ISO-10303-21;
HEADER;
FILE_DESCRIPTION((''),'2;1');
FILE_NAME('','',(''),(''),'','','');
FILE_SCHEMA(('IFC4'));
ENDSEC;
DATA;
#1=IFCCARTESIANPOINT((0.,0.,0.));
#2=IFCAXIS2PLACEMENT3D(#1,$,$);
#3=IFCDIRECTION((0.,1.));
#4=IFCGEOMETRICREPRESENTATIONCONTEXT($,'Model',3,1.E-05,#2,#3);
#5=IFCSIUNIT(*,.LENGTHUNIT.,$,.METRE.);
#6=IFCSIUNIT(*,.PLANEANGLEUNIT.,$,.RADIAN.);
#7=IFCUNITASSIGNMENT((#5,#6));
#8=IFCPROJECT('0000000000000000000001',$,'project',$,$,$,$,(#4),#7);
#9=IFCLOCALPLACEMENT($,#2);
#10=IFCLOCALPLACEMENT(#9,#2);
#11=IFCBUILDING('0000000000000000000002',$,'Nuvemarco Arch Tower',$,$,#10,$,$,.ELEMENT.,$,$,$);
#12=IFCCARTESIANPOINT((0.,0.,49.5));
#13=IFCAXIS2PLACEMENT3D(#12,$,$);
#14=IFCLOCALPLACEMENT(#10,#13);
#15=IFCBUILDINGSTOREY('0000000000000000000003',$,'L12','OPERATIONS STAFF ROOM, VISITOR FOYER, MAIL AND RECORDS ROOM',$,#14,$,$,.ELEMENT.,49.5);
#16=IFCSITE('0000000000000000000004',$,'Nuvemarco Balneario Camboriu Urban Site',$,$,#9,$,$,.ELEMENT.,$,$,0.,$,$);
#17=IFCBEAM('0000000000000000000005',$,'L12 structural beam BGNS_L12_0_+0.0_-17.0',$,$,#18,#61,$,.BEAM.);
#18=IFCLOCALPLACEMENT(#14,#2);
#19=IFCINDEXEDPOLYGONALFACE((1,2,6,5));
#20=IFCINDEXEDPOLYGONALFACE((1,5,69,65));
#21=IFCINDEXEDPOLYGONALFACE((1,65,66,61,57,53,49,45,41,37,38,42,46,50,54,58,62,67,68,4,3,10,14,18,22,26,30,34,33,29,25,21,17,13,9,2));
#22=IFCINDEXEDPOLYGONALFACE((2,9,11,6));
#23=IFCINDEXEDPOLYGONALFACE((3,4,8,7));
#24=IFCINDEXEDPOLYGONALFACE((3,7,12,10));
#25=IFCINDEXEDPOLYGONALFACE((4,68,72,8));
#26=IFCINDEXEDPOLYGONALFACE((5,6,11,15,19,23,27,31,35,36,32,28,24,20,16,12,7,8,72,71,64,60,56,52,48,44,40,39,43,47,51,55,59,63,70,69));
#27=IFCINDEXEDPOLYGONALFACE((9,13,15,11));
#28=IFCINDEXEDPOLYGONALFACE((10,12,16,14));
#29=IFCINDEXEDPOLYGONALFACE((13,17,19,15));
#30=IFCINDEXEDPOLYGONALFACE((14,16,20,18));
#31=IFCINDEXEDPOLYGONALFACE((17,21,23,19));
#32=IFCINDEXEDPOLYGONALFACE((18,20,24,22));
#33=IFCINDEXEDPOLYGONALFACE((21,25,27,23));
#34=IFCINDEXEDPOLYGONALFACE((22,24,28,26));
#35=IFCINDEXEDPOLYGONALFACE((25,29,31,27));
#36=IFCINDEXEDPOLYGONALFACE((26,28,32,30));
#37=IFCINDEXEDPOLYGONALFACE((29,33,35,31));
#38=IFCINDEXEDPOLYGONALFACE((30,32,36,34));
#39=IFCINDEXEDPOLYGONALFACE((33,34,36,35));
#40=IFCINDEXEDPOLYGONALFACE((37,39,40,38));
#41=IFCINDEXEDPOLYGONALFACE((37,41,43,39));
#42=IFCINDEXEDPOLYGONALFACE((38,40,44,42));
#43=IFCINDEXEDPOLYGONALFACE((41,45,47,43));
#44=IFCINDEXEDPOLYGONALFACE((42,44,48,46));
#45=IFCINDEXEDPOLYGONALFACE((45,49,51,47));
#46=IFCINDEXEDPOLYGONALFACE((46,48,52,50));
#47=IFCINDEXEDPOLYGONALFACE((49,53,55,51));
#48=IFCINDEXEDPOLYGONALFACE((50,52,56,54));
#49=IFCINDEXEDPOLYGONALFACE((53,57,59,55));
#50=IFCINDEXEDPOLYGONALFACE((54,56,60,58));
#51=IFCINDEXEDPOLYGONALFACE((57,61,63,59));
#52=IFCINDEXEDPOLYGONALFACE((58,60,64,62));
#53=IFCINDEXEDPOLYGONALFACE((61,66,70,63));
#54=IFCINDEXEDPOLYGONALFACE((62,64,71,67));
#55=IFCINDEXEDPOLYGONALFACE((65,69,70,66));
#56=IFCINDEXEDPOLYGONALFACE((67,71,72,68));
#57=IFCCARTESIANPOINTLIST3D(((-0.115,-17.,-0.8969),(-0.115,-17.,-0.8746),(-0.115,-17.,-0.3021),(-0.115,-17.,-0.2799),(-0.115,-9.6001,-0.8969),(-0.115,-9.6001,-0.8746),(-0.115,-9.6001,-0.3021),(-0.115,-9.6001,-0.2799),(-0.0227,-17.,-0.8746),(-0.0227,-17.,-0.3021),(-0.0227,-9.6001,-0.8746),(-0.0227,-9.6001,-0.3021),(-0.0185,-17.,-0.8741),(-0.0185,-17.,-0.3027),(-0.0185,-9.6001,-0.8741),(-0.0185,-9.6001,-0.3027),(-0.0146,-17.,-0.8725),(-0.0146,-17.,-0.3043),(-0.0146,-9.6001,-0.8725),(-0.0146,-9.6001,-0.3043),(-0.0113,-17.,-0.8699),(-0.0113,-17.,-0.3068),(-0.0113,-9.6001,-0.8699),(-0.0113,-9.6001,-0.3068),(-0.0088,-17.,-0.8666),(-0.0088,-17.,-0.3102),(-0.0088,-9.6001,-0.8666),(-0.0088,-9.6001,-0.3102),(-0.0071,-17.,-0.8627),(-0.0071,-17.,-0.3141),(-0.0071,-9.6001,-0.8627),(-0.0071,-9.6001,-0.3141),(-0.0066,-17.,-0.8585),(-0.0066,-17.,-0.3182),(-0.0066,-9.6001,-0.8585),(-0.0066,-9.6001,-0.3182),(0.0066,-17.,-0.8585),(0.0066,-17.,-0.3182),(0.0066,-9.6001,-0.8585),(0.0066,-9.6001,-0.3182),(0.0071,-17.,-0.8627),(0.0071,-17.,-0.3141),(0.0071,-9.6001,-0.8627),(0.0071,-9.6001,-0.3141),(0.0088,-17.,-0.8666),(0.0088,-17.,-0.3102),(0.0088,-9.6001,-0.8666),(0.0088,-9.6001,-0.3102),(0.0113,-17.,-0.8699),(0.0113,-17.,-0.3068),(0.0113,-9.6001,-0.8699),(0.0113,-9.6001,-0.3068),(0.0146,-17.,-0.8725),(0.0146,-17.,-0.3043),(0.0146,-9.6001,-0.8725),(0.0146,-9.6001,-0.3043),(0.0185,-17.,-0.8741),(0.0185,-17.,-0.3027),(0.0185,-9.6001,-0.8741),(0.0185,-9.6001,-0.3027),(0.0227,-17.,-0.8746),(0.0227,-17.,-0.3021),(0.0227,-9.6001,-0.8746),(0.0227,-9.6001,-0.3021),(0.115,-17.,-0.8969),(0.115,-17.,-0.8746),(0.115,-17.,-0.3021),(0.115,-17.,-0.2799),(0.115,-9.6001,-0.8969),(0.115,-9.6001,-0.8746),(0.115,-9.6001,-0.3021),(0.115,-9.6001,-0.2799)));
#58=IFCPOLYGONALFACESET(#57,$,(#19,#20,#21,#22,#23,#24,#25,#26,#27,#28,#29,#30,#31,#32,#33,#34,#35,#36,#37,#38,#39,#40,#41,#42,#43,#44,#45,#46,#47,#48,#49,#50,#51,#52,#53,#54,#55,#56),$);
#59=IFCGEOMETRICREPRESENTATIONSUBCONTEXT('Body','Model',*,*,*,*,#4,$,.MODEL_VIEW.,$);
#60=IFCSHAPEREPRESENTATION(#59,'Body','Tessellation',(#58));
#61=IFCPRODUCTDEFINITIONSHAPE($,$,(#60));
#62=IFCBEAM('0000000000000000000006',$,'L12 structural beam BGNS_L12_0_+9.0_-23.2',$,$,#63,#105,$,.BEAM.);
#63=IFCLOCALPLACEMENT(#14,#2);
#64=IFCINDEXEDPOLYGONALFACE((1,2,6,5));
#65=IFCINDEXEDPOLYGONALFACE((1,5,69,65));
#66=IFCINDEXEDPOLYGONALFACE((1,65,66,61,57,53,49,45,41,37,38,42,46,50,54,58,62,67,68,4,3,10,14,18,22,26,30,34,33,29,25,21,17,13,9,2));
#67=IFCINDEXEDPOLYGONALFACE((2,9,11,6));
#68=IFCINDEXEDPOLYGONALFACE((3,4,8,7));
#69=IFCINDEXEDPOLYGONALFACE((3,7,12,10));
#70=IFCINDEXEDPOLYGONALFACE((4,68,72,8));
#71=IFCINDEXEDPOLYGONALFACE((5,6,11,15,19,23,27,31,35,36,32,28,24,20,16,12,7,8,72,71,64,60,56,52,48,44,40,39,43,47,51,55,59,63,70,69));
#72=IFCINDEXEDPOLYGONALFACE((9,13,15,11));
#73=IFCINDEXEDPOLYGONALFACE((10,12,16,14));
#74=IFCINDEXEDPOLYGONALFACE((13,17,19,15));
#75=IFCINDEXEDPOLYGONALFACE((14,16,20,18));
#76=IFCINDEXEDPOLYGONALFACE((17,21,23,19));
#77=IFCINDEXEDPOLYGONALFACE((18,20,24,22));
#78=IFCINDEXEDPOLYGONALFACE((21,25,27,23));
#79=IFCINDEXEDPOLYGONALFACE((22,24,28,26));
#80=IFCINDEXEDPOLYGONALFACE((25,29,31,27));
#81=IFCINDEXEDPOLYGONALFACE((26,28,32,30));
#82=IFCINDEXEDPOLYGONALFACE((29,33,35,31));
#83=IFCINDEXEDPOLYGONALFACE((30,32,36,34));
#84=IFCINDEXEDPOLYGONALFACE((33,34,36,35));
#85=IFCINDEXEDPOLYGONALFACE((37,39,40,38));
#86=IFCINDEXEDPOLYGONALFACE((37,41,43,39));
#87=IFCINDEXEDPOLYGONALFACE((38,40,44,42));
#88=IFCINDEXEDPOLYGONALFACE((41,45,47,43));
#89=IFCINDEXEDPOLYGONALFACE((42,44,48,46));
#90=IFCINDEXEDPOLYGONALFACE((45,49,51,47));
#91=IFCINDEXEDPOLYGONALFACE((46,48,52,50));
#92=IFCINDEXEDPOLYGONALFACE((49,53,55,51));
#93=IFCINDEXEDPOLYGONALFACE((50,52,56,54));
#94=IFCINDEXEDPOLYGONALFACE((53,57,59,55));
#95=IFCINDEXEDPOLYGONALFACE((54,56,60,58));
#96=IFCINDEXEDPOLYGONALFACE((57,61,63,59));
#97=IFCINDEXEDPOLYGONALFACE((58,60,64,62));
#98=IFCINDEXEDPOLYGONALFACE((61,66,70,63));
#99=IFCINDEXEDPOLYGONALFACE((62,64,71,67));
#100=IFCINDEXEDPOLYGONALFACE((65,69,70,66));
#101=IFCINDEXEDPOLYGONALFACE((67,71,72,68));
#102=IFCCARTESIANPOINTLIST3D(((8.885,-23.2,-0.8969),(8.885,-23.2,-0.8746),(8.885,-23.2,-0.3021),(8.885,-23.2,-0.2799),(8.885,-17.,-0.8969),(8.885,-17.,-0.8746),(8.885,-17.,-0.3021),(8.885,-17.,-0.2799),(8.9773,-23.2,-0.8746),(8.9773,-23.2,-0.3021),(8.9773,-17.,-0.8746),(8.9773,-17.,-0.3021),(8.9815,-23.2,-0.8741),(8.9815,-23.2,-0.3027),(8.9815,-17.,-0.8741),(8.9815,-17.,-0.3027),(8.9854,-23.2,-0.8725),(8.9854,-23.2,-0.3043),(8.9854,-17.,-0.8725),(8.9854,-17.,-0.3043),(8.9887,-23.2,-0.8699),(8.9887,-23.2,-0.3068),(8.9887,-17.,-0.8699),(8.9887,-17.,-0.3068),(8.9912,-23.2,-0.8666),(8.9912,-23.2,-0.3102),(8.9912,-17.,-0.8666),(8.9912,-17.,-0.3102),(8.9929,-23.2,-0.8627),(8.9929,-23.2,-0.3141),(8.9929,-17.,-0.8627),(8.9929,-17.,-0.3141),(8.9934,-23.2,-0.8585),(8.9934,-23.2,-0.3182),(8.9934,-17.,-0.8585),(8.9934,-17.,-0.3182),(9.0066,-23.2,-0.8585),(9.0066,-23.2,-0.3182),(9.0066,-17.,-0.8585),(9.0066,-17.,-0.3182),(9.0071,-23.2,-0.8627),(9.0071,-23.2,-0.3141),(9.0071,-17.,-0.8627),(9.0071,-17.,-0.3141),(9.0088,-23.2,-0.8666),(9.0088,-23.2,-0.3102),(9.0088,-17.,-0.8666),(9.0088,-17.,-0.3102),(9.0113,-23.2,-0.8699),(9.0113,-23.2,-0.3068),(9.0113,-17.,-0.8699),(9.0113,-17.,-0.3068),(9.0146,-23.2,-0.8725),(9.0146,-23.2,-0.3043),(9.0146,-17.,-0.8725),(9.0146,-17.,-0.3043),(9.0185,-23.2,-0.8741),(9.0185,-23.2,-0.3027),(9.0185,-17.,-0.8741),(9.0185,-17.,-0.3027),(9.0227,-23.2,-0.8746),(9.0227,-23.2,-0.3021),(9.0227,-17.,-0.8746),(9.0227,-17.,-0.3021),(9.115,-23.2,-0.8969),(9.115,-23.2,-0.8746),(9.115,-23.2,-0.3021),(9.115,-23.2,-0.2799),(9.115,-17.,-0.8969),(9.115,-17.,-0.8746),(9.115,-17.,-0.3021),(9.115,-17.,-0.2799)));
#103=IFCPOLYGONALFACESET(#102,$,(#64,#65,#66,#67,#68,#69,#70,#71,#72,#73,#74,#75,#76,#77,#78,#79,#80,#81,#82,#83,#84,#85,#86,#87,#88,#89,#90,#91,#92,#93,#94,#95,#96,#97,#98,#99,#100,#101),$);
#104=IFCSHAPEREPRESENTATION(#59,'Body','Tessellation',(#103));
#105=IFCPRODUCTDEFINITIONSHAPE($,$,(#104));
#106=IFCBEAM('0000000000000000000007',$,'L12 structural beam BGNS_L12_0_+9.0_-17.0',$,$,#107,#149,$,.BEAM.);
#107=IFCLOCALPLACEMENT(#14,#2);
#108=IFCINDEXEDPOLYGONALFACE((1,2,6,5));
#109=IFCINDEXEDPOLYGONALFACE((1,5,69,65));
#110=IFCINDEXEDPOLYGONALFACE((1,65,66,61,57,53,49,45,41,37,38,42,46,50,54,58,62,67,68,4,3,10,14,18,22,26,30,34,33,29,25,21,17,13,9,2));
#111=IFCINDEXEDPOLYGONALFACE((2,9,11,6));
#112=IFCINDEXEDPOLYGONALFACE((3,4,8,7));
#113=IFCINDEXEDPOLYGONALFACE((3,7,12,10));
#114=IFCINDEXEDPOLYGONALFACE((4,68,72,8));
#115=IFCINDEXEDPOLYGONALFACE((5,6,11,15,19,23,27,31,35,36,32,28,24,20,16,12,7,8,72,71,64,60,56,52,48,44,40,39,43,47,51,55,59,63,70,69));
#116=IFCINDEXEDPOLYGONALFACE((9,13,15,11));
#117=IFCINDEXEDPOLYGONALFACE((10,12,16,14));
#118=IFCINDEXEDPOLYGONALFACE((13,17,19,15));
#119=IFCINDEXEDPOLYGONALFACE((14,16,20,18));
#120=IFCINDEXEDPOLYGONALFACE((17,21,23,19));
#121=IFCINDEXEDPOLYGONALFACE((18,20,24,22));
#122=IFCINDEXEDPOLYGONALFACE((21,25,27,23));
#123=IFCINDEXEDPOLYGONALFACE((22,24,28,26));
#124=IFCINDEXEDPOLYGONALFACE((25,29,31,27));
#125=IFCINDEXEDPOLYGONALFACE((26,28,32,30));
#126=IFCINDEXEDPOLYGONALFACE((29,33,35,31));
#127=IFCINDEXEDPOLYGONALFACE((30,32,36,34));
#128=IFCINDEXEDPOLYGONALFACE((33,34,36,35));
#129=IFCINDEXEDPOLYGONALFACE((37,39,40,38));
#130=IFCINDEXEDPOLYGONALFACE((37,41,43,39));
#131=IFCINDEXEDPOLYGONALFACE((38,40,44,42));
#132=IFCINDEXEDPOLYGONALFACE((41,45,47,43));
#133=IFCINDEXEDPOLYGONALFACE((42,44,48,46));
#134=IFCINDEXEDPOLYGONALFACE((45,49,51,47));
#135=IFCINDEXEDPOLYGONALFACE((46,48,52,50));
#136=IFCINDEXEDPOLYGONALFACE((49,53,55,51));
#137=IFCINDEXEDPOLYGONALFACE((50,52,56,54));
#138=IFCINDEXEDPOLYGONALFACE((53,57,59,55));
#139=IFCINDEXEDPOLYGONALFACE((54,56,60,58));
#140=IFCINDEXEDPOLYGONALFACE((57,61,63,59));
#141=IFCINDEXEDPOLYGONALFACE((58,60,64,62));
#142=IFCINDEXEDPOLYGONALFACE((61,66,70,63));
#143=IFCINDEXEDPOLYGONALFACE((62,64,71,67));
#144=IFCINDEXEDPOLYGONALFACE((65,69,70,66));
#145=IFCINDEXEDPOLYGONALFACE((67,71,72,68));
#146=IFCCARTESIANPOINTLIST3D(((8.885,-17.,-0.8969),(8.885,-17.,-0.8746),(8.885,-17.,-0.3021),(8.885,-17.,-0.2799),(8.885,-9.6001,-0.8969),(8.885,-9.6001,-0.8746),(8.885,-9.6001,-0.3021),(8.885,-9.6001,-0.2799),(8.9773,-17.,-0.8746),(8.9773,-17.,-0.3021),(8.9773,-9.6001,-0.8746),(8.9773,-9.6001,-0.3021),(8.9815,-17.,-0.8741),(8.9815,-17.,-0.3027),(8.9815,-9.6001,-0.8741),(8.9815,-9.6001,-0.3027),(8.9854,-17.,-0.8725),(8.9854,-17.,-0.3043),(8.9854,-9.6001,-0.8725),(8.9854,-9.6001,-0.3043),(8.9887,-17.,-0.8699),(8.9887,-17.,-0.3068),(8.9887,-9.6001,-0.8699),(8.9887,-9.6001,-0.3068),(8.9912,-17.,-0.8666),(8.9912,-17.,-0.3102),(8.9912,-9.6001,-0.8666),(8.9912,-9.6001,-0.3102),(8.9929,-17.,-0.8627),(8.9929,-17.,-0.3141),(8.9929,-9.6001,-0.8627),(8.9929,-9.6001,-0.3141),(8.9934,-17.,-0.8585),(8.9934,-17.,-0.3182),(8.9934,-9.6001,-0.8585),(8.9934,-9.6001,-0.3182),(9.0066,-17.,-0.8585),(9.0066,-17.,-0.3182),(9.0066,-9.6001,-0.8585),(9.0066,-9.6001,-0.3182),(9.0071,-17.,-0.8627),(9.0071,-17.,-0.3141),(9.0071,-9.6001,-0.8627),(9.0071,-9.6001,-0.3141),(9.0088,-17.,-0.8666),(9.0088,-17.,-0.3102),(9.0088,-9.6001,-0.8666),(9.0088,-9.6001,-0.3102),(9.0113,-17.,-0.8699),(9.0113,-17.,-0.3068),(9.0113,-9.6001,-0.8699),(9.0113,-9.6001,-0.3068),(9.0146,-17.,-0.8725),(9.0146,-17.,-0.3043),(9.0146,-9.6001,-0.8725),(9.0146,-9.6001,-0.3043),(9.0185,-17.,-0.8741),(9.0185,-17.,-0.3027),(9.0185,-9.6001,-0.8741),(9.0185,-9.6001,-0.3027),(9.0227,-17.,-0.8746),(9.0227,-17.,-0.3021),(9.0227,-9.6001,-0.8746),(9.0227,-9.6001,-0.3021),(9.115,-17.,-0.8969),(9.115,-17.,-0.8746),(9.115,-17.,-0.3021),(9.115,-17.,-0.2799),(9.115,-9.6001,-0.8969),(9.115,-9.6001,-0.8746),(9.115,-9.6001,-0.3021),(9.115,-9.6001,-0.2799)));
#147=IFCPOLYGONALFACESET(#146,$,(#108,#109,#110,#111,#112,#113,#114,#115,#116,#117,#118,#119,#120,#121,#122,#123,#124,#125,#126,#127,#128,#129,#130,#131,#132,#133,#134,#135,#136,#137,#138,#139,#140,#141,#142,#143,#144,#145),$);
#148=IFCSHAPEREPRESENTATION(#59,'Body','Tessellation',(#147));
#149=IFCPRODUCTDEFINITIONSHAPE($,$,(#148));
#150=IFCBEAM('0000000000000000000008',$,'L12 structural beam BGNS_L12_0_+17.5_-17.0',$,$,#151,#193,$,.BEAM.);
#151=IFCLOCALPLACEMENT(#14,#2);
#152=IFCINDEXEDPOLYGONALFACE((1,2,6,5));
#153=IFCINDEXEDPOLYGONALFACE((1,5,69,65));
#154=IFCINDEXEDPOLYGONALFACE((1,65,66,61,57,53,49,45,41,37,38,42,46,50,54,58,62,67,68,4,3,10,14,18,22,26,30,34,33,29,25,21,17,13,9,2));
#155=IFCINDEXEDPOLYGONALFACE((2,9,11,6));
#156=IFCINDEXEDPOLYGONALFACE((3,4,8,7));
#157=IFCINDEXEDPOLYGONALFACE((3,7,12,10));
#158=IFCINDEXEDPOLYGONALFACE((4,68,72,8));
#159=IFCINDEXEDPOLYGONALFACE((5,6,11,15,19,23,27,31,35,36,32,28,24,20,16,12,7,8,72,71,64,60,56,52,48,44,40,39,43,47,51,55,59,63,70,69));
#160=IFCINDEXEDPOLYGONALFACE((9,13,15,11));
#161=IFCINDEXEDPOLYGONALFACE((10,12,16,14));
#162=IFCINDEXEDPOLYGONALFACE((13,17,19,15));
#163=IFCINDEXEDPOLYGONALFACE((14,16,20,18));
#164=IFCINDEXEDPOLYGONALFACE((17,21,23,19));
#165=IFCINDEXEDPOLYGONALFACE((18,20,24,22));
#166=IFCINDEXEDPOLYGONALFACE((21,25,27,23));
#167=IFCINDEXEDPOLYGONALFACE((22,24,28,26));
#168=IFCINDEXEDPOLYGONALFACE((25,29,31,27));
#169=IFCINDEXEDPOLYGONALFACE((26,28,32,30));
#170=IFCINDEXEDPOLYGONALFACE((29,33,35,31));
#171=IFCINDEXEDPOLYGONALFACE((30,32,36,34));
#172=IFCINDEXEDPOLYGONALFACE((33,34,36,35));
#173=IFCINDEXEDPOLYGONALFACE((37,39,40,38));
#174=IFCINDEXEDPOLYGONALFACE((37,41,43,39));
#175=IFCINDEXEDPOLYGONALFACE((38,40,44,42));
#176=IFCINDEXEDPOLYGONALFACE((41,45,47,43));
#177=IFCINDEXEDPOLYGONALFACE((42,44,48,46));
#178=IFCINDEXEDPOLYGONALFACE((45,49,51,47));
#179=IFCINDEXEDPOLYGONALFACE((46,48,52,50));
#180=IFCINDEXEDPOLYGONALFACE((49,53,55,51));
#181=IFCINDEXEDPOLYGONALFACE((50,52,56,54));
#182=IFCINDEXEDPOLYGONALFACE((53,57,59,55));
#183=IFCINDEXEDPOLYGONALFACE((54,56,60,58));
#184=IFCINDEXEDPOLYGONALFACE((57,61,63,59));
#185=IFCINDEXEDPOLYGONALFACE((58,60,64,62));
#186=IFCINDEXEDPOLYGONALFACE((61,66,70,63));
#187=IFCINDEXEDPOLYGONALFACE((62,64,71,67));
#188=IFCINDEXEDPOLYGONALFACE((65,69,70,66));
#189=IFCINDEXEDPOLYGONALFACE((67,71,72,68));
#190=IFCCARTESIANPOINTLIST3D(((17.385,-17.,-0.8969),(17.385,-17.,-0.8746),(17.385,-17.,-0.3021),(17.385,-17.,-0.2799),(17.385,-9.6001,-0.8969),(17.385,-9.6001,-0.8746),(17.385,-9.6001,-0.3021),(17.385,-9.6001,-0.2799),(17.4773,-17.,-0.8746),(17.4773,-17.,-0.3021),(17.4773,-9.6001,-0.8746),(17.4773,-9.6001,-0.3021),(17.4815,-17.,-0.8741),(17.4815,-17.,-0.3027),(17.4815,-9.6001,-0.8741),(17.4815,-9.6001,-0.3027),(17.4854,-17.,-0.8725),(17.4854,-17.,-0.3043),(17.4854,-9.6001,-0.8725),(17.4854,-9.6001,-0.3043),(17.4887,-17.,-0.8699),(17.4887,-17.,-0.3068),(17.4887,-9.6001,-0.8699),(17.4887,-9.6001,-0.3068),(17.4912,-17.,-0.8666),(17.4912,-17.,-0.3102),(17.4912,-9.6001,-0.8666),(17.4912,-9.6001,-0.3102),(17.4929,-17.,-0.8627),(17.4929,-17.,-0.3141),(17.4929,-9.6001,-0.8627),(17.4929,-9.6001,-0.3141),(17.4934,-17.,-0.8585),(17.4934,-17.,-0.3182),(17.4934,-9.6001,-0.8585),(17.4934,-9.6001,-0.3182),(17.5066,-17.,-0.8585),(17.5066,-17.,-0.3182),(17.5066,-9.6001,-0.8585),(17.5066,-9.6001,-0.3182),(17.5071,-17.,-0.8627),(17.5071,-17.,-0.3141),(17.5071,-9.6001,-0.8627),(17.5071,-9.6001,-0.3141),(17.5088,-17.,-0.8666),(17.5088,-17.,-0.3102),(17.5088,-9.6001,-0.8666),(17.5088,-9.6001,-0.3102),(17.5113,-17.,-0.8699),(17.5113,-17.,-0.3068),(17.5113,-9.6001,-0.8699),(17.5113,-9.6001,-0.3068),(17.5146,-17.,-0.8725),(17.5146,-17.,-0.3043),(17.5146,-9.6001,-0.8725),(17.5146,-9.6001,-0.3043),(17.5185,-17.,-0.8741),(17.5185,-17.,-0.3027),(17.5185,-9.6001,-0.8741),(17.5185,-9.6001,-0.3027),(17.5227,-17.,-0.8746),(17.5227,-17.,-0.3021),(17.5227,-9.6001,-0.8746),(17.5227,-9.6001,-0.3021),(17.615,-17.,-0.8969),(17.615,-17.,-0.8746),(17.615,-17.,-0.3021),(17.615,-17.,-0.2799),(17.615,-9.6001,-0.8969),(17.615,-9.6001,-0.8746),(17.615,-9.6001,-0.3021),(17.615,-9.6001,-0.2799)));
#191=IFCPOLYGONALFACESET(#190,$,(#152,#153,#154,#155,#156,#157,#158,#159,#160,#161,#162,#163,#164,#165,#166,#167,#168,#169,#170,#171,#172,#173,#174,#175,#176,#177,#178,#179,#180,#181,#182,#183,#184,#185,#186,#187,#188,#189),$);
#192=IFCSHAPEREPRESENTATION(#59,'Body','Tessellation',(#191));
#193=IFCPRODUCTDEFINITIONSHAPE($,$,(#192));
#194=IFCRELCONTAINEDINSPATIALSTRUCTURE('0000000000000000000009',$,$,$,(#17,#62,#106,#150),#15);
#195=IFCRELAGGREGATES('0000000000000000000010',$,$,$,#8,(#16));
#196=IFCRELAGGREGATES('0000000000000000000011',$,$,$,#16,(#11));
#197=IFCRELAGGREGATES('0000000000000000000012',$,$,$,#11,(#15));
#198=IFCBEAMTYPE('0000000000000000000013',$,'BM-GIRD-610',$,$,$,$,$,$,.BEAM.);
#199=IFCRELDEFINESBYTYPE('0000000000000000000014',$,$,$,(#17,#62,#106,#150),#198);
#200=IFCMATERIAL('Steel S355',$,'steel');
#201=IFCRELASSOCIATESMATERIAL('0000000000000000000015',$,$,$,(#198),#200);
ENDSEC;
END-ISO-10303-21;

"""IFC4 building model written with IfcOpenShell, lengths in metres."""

from ifc_helpers import new_model, si_unit, direction, frame, origin, origin_2d, place, context, subcontext, project, spatial, i_section, extrude, material, material_profile, profile_set, type_object, element, save


model = new_model("IFC4")

# Units and contexts
model_context = context("Model", 3, precision=1e-05, world=origin(), true_north=direction((0.0, 1.0)))
body_context = subcontext(model_context, "Body", "Model", "MODEL_VIEW")
ifc_project = project(units=[si_unit("LENGTHUNIT", "METRE"), si_unit("PLANEANGLEUNIT", "RADIAN")], contexts=[model_context])

# Site, building, storey
site_placement = place(None, origin())
site = spatial("IfcSite", under=ifc_project, at=site_placement, Name="Nuvemarco Balneario Camboriu Urban Site", CompositionType="ELEMENT", RefElevation=0.0)
building_placement = place(site_placement, origin())
building = spatial("IfcBuilding", under=site, at=building_placement, Name="Nuvemarco Arch Tower", CompositionType="ELEMENT")
storey_placement = place(building_placement, frame((0.0, 0.0, 49.5)))
storey = spatial("IfcBuildingStorey", under=building, at=storey_placement, Name="L12", Description="OPERATIONS STAFF ROOM, VISITOR FOYER, MAIL AND RECORDS ROOM", CompositionType="ELEMENT", Elevation=49.5)

# Shared definitions
ifc_material_1 = material(Name="Steel S355", Category="steel")

# Beams
ifc_material_profile_1 = material_profile(ifc_material_1, i_section(OverallWidth=0.23, OverallDepth=0.6169, WebThickness=0.0132, FlangeThickness=0.0222, FilletRadius=0.0161, at=origin_2d()), Name="W610x140")
ifc_profile_set_1 = profile_set([ifc_material_profile_1], Name="Steel S355")
beam_type_1 = type_object("IfcBeamType", Name="BM-GIRD-610", PredefinedType="BEAM", material=ifc_profile_set_1)
beam_1_placement = place(storey_placement, frame((0.0, -17.0, -0.5884), z_axis=(0.0, 1.0, 0.0), x_axis=(-1.0, 0.0, 0.0)))
element("IfcBeam", 1, at=beam_1_placement, inside=storey, type_object=beam_type_1, Name="L12 structural beam BGNS_L12_0_+0.0_-17.0", PredefinedType="BEAM", context=body_context, shape_type="SweptSolid", body=[
    extrude(i_section(OverallWidth=0.23, OverallDepth=0.6169, WebThickness=0.0132, FlangeThickness=0.0222, FilletRadius=0.0161, at=origin_2d()), origin(), (0.0, 0.0, 1.0), 7.3999),
])
beam_2_placement = place(storey_placement, frame((9.0, -23.2, -0.5884), z_axis=(0.0, 1.0, 0.0), x_axis=(-1.0, 0.0, 0.0)))
element("IfcBeam", 2, at=beam_2_placement, inside=storey, type_object=beam_type_1, Name="L12 structural beam BGNS_L12_0_+9.0_-23.2", PredefinedType="BEAM", context=body_context, shape_type="SweptSolid", body=[
    extrude(i_section(OverallWidth=0.23, OverallDepth=0.6169, WebThickness=0.0132, FlangeThickness=0.0222, FilletRadius=0.0161, at=origin_2d()), origin(), (0.0, 0.0, 1.0), 6.2),
])
for number, where, z_axis, x_axis, name in (
    (3, (9.0, -17.0, -0.5884), (0.0, 1.0, 0.0), (-1.0, 0.0, 0.0), "L12 structural beam BGNS_L12_0_+9.0_-17.0"),
    (4, (17.5, -17.0, -0.5884), (0.0, 1.0, 0.0), (-1.0, 0.0, 0.0), "L12 structural beam BGNS_L12_0_+17.5_-17.0"),
):
    element("IfcBeam", number, at=place(storey_placement, frame(where, z_axis=z_axis, x_axis=x_axis)), inside=storey, type_object=beam_type_1, Name=name, PredefinedType="BEAM", context=body_context, shape_type="SweptSolid", body=[
        extrude(i_section(OverallWidth=0.23, OverallDepth=0.6169, WebThickness=0.0132, FlangeThickness=0.0222, FilletRadius=0.0161, at=origin_2d()), origin(), (0.0, 0.0, 1.0), 7.3999),
    ])

save(model, "model.ifc")
